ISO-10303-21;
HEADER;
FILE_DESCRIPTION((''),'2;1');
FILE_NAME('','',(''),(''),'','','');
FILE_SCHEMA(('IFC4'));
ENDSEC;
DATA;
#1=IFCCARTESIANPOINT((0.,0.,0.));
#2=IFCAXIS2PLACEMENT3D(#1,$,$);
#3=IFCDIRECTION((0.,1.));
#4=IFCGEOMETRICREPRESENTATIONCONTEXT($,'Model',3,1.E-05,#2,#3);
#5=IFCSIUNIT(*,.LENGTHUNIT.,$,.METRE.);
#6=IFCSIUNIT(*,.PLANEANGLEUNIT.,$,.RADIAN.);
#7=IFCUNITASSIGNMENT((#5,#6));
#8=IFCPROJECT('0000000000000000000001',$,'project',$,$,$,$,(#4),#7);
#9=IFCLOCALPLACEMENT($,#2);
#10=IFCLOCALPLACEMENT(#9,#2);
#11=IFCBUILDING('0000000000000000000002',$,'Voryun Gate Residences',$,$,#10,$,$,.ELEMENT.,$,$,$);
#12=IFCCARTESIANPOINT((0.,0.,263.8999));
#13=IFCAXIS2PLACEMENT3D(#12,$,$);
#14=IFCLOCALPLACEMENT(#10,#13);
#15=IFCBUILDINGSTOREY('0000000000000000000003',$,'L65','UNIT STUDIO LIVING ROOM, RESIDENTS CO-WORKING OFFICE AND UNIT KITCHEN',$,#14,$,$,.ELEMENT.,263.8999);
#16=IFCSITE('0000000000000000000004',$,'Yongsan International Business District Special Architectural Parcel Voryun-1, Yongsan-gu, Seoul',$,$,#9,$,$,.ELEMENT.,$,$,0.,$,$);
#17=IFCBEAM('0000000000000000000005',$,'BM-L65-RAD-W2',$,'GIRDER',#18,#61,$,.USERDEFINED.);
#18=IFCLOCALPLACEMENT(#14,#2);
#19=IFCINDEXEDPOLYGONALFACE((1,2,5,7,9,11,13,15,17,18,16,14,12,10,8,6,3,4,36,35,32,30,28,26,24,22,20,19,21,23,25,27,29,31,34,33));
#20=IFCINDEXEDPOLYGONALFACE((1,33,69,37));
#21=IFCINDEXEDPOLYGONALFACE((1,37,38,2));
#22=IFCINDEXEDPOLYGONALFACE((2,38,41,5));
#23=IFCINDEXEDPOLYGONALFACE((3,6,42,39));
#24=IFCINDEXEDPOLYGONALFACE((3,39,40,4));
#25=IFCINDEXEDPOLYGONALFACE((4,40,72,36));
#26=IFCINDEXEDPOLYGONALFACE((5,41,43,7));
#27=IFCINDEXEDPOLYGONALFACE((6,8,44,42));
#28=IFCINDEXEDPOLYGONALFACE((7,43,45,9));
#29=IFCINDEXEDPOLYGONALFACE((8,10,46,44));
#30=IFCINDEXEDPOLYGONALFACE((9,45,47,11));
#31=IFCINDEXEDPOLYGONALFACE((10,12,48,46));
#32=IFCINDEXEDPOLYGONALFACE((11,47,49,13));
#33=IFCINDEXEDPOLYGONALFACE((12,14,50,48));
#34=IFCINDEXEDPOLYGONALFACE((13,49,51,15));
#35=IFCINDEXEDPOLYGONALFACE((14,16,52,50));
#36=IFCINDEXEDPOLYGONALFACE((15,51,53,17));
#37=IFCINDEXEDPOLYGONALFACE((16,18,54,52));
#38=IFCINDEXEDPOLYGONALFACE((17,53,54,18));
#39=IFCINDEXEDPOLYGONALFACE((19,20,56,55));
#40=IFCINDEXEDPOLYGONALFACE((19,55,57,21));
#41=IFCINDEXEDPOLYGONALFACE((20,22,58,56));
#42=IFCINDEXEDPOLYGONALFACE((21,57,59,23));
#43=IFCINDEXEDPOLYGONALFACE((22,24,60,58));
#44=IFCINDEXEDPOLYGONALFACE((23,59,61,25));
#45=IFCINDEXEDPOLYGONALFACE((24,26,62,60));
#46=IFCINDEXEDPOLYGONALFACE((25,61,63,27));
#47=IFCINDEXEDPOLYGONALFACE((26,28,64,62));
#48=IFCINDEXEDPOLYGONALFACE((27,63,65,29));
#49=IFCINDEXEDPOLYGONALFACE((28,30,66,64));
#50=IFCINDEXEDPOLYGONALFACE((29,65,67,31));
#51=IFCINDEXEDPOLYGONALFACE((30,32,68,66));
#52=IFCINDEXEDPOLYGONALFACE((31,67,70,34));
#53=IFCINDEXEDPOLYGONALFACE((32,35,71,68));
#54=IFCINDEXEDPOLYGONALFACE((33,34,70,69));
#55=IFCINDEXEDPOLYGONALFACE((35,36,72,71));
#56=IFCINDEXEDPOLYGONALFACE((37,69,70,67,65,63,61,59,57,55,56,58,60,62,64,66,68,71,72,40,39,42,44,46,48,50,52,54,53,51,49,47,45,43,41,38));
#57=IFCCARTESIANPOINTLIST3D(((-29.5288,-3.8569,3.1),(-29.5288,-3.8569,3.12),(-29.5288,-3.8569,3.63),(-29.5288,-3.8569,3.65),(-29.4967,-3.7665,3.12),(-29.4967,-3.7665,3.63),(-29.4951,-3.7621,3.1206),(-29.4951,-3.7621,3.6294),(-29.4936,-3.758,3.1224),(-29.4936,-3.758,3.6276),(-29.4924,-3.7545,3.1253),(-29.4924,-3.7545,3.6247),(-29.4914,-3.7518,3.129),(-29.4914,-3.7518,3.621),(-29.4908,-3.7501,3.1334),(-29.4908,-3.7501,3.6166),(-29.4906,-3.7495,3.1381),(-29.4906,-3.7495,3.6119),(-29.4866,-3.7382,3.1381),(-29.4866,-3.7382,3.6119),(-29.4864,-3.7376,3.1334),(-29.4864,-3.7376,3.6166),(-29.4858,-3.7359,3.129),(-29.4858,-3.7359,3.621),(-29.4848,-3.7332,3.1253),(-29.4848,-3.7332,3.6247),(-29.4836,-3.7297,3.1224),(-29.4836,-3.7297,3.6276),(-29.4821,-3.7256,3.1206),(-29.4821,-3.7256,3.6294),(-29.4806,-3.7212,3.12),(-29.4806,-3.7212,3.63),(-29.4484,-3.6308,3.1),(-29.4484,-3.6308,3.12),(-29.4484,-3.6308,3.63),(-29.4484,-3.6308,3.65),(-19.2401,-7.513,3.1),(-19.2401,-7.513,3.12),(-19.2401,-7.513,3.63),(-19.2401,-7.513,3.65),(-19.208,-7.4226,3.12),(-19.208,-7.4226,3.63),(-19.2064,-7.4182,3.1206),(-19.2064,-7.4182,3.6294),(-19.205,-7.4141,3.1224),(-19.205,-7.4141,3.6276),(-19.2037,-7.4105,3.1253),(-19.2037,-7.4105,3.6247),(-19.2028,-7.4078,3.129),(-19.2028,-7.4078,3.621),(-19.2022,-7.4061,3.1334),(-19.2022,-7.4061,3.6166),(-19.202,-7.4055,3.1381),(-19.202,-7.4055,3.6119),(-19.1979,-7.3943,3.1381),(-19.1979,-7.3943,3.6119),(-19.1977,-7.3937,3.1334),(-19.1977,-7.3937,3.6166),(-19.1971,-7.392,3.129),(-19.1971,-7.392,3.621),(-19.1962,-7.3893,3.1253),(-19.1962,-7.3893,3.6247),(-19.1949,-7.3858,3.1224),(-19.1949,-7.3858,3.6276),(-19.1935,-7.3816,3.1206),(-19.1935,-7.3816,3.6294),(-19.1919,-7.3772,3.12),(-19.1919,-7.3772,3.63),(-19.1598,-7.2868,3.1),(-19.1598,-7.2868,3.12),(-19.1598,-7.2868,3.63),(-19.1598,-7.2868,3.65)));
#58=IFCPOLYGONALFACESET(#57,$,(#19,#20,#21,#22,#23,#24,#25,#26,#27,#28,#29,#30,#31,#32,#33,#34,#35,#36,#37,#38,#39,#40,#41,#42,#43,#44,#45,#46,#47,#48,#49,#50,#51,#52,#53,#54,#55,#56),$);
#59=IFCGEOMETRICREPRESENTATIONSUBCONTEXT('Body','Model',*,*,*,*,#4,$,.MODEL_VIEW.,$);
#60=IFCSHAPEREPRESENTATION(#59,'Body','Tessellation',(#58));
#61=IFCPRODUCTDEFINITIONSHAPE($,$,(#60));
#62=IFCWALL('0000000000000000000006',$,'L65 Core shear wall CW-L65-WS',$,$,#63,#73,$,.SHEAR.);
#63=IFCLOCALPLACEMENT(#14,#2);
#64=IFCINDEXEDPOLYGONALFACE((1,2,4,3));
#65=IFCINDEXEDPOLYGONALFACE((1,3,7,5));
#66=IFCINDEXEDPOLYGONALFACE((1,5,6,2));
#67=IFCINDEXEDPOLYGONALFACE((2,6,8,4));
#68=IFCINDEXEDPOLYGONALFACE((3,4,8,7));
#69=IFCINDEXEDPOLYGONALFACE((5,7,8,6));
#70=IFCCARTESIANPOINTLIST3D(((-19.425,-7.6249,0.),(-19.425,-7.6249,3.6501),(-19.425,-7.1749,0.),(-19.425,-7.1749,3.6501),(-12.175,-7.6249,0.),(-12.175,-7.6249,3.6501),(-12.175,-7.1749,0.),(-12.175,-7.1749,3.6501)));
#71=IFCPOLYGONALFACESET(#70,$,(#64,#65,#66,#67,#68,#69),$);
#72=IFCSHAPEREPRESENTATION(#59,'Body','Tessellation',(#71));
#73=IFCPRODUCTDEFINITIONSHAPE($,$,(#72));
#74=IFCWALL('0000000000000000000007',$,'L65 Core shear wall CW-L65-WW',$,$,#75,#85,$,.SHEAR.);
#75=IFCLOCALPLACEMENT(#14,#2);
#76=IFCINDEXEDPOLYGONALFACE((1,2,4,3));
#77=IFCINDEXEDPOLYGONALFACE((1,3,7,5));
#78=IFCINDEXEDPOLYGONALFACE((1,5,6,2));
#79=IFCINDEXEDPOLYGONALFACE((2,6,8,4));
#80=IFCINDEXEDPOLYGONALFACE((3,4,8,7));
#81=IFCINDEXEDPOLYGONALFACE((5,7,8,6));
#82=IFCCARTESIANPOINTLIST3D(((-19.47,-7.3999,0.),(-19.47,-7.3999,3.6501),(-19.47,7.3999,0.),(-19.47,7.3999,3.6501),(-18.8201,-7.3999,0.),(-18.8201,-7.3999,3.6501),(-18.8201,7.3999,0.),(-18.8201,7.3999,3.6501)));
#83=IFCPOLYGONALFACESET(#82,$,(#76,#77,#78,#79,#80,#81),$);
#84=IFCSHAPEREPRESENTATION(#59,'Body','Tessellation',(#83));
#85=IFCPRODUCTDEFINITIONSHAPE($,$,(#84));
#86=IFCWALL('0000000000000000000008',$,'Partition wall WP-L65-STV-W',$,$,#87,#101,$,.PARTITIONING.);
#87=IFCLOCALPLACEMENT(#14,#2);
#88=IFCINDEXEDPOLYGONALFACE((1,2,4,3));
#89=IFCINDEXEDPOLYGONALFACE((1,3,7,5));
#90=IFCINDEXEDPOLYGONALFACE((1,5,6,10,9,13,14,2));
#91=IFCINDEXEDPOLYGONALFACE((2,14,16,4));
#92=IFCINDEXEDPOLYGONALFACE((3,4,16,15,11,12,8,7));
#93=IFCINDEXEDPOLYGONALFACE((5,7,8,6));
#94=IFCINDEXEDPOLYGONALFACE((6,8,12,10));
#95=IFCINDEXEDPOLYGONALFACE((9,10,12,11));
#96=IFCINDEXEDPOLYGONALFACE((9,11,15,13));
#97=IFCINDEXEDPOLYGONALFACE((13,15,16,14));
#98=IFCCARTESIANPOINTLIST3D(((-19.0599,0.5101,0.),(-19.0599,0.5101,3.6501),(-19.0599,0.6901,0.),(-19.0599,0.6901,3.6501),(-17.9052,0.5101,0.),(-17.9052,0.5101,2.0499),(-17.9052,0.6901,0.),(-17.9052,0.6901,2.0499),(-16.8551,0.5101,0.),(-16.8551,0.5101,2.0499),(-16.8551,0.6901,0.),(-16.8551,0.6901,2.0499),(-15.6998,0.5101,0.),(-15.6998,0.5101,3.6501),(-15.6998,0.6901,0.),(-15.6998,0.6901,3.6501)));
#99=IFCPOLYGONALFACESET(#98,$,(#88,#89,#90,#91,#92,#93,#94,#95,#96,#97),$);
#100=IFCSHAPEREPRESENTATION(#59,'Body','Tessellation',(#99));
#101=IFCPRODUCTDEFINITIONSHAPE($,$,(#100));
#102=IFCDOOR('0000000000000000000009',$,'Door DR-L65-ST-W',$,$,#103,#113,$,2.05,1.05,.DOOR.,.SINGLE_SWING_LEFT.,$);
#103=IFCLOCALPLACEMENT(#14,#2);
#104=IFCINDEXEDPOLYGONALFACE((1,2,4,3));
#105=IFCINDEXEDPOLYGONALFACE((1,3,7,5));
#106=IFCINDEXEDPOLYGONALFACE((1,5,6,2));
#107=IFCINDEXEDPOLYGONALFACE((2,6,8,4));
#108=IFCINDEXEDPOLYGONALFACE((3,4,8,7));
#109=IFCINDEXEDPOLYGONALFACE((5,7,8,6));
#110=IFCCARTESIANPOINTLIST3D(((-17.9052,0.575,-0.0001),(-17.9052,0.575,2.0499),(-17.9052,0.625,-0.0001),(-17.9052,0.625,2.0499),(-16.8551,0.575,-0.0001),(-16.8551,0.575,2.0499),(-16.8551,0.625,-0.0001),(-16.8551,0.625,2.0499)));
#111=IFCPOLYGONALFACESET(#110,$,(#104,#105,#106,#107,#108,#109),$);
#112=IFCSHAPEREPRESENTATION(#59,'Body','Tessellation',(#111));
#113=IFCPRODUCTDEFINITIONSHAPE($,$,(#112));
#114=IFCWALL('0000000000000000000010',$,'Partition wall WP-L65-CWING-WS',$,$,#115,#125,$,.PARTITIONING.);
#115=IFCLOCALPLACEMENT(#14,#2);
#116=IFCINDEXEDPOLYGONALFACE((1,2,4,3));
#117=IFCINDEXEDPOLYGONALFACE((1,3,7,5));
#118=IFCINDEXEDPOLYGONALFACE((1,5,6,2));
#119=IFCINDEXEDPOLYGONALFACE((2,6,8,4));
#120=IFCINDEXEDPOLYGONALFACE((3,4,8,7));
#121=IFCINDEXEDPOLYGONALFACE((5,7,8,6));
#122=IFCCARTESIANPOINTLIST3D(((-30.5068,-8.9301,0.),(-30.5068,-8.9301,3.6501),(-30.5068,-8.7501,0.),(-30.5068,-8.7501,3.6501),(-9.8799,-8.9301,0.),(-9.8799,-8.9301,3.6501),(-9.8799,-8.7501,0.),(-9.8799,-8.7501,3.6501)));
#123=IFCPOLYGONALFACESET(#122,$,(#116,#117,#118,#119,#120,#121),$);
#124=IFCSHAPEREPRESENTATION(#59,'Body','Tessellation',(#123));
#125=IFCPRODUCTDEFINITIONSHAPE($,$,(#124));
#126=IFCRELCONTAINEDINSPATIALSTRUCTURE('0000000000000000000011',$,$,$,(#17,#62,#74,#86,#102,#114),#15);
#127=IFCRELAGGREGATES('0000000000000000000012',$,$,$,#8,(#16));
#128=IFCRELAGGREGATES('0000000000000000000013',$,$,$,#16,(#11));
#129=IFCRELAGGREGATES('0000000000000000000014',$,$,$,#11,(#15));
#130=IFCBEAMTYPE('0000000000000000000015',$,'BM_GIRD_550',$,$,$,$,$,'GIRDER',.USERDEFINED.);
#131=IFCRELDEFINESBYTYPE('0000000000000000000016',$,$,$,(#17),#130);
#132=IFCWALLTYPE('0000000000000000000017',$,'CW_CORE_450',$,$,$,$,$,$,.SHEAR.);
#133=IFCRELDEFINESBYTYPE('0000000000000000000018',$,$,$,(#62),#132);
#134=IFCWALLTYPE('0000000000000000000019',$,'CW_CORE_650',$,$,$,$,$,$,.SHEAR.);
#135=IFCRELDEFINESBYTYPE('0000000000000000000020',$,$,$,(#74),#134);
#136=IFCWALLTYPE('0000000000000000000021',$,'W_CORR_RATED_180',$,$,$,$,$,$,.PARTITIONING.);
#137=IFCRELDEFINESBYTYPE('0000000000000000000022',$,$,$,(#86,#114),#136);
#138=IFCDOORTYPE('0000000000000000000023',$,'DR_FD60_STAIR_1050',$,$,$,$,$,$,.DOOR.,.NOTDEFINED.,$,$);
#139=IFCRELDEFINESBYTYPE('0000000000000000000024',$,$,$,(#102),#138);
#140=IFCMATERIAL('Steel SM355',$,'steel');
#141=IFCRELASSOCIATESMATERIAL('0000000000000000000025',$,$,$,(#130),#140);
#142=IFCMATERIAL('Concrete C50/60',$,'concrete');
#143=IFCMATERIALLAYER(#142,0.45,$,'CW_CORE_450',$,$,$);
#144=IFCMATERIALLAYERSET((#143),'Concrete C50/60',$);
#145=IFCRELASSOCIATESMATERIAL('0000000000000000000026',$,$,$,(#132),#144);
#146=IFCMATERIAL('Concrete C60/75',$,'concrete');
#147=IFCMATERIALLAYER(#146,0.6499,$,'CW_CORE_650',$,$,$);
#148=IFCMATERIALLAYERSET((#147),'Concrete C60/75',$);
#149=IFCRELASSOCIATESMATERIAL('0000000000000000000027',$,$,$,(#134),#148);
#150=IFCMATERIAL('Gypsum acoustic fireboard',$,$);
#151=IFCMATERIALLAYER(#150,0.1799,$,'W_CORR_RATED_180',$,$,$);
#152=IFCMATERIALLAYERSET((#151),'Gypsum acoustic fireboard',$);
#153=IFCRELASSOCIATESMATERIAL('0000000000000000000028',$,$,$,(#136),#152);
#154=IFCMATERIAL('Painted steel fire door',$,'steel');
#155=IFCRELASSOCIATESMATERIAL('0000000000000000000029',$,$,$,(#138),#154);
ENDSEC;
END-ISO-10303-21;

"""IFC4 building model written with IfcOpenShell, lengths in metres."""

from ifc_helpers import new_model, si_unit, direction, frame, frame_2d, origin, origin_2d, place, context, subcontext, project, spatial, rectangle, i_section, extrude, material, layer, layer_set, material_profile, profile_set, type_object, element, fill, save


model = new_model("IFC4")

# Units and contexts
model_context = context("Model", 3, precision=1e-05, world=origin(), true_north=direction((0.0, 1.0)))
body_context = subcontext(model_context, "Body", "Model", "MODEL_VIEW")
ifc_project = project(units=[si_unit("LENGTHUNIT", "METRE"), si_unit("PLANEANGLEUNIT", "RADIAN")], contexts=[model_context])

# Site, building, storey
site_placement = place(None, origin())
site = spatial("IfcSite", under=ifc_project, at=site_placement, Name="Yongsan International Business District Special Architectural Parcel Voryun-1, Yongsan-gu, Seoul", CompositionType="ELEMENT", RefElevation=0.0)
building_placement = place(site_placement, origin())
building = spatial("IfcBuilding", under=site, at=building_placement, Name="Voryun Gate Residences", CompositionType="ELEMENT")
storey_placement = place(building_placement, frame((0.0, 0.0, 263.8999)))
storey = spatial("IfcBuildingStorey", under=building, at=storey_placement, Name="L65", Description="UNIT STUDIO LIVING ROOM, RESIDENTS CO-WORKING OFFICE AND UNIT KITCHEN", CompositionType="ELEMENT", Elevation=263.8999)

# Beam
ifc_material_1 = material(Name="Steel SM355", Category="steel")
ifc_material_profile_1 = material_profile(ifc_material_1, i_section(OverallWidth=0.24, OverallDepth=0.55, WebThickness=0.012, FlangeThickness=0.02, FilletRadius=0.0181, at=origin_2d()), Name="H-550x240x12x20")
ifc_profile_set_1 = profile_set([ifc_material_profile_1], Name="Steel SM355")
beam_type_1 = type_object("IfcBeamType", Name="BM_GIRD_550", ElementType="GIRDER", PredefinedType="USERDEFINED", material=ifc_profile_set_1)
beam_1_placement = place(storey_placement, frame((-19.2, -7.3999, 3.375), z_axis=(-0.942277, 0.334835, 0.0), x_axis=(-0.334835, -0.942277, 0.0)))
element("IfcBeam", 1, at=beam_1_placement, inside=storey, type_object=beam_type_1, Name="BM-L65-RAD-W2", ObjectType="GIRDER", PredefinedType="USERDEFINED", context=body_context, shape_type="SweptSolid", body=[
    extrude(i_section(OverallWidth=0.24, OverallDepth=0.55, WebThickness=0.012, FlangeThickness=0.02, FilletRadius=0.0181, at=origin_2d()), origin(), (0.0, 0.0, 1.0), 10.9189),
])

# Walls
ifc_material_2 = material(Name="Concrete C50/60", Category="concrete")
ifc_layer_1 = layer(ifc_material_2, 0.45, Name="CW_CORE_450")
ifc_layer_set_1 = layer_set([ifc_layer_1], Name="Concrete C50/60")
wall_type_1 = type_object("IfcWallType", Name="CW_CORE_450", PredefinedType="SHEAR", material=ifc_layer_set_1)
wall_1_placement = place(storey_placement, frame((-19.425, -7.3999, 0.0), z_axis=(0.0, 0.0, 1.0), x_axis=(1.0, 0.0, 0.0)))
element("IfcWall", 2, at=wall_1_placement, inside=storey, type_object=wall_type_1, Name="L65 Core shear wall CW-L65-WS", PredefinedType="SHEAR", context=body_context, shape_type="SweptSolid", body=[
    extrude(rectangle(XDim=7.25, YDim=0.45, at=frame_2d((3.625, 0.0))), origin(), (0.0, 0.0, 1.0), 3.6501),
])
ifc_material_3 = material(Name="Concrete C60/75", Category="concrete")
ifc_layer_2 = layer(ifc_material_3, 0.6499, Name="CW_CORE_650")
ifc_layer_set_2 = layer_set([ifc_layer_2], Name="Concrete C60/75")
wall_type_2 = type_object("IfcWallType", Name="CW_CORE_650", PredefinedType="SHEAR", material=ifc_layer_set_2)
wall_2_placement = place(storey_placement, frame((-19.145, -7.3999, 0.0), z_axis=(0.0, 0.0, 1.0), x_axis=(0.0, 1.0, 0.0)))
element("IfcWall", 3, at=wall_2_placement, inside=storey, type_object=wall_type_2, Name="L65 Core shear wall CW-L65-WW", PredefinedType="SHEAR", context=body_context, shape_type="SweptSolid", body=[
    extrude(rectangle(XDim=14.7998, YDim=0.6499, at=frame_2d((7.3999, 0.0))), origin(), (0.0, 0.0, 1.0), 3.6501),
])

# Wall, opening, door
ifc_material_4 = material(Name="Gypsum acoustic fireboard")
ifc_layer_3 = layer(ifc_material_4, 0.1799, Name="W_CORR_RATED_180")
ifc_layer_set_3 = layer_set([ifc_layer_3], Name="Gypsum acoustic fireboard")
wall_type_3 = type_object("IfcWallType", Name="W_CORR_RATED_180", PredefinedType="PARTITIONING", material=ifc_layer_set_3)
wall_3_placement = place(storey_placement, frame((-19.0601, 0.6001, 0.0), z_axis=(0.0, 0.0, 1.0), x_axis=(1.0, 0.0, 0.0)))
wall_3 = element("IfcWall", 4, at=wall_3_placement, inside=storey, type_object=wall_type_3, Name="Partition wall WP-L65-STV-W", PredefinedType="PARTITIONING", context=body_context, shape_type="SweptSolid", body=[
    extrude(rectangle(XDim=3.3601, YDim=0.1799, at=frame_2d((1.6802, 0.0))), origin(), (0.0, 0.0, 1.0), 3.6501),
])
opening_1_placement = place(wall_3_placement, frame((1.155, 0.0, 0.0)))
opening_1 = element("IfcOpeningElement", 5, at=opening_1_placement, cuts=wall_3, PredefinedType="OPENING", context=body_context, shape_type="SweptSolid", body=[
    extrude(rectangle(XDim=1.05, YDim=2.05, at=frame_2d((0.5249, 1.0249))), frame((0.0, 0.0999, 0.0), z_axis=(0.0, -1.0, 0.0), x_axis=(1.0, 0.0, 0.0)), (0.0, 0.0, 1.0), 0.2),
])
ifc_material_5 = material(Name="Painted steel fire door", Category="steel")
door_type_1 = type_object("IfcDoorType", Name="DR_FD60_STAIR_1050", OperationType="NOTDEFINED", PredefinedType="DOOR", material=ifc_material_5)
door_1_placement = place(opening_1_placement, origin())
door_1 = element("IfcDoor", 6, at=door_1_placement, inside=storey, type_object=door_type_1, Name="Door DR-L65-ST-W", OperationType="SINGLE_SWING_LEFT", OverallHeight=2.05, OverallWidth=1.05, PredefinedType="DOOR", context=body_context, shape_type="SweptSolid", body=[
    extrude(rectangle(XDim=1.05, YDim=2.05, at=frame_2d((0.5249, 1.0249))), frame((0.0, 0.0249, 0.0), z_axis=(0.0, -1.0, 0.0), x_axis=(1.0, 0.0, 0.0)), (0.0, 0.0, 1.0), 0.05),
])
fill(opening_1, door_1)

# Wall
wall_4_placement = place(storey_placement, frame((-30.5068, -8.8401, 0.0), z_axis=(0.0, 0.0, 1.0), x_axis=(1.0, 0.0, 0.0)))
element("IfcWall", 7, at=wall_4_placement, inside=storey, type_object=wall_type_3, Name="Partition wall WP-L65-CWING-WS", PredefinedType="PARTITIONING", context=body_context, shape_type="SweptSolid", body=[
    extrude(rectangle(XDim=20.627, YDim=0.1799, at=frame_2d((10.3135, 0.0))), origin(), (0.0, 0.0, 1.0), 3.6501),
])

save(model, "model.ifc")
